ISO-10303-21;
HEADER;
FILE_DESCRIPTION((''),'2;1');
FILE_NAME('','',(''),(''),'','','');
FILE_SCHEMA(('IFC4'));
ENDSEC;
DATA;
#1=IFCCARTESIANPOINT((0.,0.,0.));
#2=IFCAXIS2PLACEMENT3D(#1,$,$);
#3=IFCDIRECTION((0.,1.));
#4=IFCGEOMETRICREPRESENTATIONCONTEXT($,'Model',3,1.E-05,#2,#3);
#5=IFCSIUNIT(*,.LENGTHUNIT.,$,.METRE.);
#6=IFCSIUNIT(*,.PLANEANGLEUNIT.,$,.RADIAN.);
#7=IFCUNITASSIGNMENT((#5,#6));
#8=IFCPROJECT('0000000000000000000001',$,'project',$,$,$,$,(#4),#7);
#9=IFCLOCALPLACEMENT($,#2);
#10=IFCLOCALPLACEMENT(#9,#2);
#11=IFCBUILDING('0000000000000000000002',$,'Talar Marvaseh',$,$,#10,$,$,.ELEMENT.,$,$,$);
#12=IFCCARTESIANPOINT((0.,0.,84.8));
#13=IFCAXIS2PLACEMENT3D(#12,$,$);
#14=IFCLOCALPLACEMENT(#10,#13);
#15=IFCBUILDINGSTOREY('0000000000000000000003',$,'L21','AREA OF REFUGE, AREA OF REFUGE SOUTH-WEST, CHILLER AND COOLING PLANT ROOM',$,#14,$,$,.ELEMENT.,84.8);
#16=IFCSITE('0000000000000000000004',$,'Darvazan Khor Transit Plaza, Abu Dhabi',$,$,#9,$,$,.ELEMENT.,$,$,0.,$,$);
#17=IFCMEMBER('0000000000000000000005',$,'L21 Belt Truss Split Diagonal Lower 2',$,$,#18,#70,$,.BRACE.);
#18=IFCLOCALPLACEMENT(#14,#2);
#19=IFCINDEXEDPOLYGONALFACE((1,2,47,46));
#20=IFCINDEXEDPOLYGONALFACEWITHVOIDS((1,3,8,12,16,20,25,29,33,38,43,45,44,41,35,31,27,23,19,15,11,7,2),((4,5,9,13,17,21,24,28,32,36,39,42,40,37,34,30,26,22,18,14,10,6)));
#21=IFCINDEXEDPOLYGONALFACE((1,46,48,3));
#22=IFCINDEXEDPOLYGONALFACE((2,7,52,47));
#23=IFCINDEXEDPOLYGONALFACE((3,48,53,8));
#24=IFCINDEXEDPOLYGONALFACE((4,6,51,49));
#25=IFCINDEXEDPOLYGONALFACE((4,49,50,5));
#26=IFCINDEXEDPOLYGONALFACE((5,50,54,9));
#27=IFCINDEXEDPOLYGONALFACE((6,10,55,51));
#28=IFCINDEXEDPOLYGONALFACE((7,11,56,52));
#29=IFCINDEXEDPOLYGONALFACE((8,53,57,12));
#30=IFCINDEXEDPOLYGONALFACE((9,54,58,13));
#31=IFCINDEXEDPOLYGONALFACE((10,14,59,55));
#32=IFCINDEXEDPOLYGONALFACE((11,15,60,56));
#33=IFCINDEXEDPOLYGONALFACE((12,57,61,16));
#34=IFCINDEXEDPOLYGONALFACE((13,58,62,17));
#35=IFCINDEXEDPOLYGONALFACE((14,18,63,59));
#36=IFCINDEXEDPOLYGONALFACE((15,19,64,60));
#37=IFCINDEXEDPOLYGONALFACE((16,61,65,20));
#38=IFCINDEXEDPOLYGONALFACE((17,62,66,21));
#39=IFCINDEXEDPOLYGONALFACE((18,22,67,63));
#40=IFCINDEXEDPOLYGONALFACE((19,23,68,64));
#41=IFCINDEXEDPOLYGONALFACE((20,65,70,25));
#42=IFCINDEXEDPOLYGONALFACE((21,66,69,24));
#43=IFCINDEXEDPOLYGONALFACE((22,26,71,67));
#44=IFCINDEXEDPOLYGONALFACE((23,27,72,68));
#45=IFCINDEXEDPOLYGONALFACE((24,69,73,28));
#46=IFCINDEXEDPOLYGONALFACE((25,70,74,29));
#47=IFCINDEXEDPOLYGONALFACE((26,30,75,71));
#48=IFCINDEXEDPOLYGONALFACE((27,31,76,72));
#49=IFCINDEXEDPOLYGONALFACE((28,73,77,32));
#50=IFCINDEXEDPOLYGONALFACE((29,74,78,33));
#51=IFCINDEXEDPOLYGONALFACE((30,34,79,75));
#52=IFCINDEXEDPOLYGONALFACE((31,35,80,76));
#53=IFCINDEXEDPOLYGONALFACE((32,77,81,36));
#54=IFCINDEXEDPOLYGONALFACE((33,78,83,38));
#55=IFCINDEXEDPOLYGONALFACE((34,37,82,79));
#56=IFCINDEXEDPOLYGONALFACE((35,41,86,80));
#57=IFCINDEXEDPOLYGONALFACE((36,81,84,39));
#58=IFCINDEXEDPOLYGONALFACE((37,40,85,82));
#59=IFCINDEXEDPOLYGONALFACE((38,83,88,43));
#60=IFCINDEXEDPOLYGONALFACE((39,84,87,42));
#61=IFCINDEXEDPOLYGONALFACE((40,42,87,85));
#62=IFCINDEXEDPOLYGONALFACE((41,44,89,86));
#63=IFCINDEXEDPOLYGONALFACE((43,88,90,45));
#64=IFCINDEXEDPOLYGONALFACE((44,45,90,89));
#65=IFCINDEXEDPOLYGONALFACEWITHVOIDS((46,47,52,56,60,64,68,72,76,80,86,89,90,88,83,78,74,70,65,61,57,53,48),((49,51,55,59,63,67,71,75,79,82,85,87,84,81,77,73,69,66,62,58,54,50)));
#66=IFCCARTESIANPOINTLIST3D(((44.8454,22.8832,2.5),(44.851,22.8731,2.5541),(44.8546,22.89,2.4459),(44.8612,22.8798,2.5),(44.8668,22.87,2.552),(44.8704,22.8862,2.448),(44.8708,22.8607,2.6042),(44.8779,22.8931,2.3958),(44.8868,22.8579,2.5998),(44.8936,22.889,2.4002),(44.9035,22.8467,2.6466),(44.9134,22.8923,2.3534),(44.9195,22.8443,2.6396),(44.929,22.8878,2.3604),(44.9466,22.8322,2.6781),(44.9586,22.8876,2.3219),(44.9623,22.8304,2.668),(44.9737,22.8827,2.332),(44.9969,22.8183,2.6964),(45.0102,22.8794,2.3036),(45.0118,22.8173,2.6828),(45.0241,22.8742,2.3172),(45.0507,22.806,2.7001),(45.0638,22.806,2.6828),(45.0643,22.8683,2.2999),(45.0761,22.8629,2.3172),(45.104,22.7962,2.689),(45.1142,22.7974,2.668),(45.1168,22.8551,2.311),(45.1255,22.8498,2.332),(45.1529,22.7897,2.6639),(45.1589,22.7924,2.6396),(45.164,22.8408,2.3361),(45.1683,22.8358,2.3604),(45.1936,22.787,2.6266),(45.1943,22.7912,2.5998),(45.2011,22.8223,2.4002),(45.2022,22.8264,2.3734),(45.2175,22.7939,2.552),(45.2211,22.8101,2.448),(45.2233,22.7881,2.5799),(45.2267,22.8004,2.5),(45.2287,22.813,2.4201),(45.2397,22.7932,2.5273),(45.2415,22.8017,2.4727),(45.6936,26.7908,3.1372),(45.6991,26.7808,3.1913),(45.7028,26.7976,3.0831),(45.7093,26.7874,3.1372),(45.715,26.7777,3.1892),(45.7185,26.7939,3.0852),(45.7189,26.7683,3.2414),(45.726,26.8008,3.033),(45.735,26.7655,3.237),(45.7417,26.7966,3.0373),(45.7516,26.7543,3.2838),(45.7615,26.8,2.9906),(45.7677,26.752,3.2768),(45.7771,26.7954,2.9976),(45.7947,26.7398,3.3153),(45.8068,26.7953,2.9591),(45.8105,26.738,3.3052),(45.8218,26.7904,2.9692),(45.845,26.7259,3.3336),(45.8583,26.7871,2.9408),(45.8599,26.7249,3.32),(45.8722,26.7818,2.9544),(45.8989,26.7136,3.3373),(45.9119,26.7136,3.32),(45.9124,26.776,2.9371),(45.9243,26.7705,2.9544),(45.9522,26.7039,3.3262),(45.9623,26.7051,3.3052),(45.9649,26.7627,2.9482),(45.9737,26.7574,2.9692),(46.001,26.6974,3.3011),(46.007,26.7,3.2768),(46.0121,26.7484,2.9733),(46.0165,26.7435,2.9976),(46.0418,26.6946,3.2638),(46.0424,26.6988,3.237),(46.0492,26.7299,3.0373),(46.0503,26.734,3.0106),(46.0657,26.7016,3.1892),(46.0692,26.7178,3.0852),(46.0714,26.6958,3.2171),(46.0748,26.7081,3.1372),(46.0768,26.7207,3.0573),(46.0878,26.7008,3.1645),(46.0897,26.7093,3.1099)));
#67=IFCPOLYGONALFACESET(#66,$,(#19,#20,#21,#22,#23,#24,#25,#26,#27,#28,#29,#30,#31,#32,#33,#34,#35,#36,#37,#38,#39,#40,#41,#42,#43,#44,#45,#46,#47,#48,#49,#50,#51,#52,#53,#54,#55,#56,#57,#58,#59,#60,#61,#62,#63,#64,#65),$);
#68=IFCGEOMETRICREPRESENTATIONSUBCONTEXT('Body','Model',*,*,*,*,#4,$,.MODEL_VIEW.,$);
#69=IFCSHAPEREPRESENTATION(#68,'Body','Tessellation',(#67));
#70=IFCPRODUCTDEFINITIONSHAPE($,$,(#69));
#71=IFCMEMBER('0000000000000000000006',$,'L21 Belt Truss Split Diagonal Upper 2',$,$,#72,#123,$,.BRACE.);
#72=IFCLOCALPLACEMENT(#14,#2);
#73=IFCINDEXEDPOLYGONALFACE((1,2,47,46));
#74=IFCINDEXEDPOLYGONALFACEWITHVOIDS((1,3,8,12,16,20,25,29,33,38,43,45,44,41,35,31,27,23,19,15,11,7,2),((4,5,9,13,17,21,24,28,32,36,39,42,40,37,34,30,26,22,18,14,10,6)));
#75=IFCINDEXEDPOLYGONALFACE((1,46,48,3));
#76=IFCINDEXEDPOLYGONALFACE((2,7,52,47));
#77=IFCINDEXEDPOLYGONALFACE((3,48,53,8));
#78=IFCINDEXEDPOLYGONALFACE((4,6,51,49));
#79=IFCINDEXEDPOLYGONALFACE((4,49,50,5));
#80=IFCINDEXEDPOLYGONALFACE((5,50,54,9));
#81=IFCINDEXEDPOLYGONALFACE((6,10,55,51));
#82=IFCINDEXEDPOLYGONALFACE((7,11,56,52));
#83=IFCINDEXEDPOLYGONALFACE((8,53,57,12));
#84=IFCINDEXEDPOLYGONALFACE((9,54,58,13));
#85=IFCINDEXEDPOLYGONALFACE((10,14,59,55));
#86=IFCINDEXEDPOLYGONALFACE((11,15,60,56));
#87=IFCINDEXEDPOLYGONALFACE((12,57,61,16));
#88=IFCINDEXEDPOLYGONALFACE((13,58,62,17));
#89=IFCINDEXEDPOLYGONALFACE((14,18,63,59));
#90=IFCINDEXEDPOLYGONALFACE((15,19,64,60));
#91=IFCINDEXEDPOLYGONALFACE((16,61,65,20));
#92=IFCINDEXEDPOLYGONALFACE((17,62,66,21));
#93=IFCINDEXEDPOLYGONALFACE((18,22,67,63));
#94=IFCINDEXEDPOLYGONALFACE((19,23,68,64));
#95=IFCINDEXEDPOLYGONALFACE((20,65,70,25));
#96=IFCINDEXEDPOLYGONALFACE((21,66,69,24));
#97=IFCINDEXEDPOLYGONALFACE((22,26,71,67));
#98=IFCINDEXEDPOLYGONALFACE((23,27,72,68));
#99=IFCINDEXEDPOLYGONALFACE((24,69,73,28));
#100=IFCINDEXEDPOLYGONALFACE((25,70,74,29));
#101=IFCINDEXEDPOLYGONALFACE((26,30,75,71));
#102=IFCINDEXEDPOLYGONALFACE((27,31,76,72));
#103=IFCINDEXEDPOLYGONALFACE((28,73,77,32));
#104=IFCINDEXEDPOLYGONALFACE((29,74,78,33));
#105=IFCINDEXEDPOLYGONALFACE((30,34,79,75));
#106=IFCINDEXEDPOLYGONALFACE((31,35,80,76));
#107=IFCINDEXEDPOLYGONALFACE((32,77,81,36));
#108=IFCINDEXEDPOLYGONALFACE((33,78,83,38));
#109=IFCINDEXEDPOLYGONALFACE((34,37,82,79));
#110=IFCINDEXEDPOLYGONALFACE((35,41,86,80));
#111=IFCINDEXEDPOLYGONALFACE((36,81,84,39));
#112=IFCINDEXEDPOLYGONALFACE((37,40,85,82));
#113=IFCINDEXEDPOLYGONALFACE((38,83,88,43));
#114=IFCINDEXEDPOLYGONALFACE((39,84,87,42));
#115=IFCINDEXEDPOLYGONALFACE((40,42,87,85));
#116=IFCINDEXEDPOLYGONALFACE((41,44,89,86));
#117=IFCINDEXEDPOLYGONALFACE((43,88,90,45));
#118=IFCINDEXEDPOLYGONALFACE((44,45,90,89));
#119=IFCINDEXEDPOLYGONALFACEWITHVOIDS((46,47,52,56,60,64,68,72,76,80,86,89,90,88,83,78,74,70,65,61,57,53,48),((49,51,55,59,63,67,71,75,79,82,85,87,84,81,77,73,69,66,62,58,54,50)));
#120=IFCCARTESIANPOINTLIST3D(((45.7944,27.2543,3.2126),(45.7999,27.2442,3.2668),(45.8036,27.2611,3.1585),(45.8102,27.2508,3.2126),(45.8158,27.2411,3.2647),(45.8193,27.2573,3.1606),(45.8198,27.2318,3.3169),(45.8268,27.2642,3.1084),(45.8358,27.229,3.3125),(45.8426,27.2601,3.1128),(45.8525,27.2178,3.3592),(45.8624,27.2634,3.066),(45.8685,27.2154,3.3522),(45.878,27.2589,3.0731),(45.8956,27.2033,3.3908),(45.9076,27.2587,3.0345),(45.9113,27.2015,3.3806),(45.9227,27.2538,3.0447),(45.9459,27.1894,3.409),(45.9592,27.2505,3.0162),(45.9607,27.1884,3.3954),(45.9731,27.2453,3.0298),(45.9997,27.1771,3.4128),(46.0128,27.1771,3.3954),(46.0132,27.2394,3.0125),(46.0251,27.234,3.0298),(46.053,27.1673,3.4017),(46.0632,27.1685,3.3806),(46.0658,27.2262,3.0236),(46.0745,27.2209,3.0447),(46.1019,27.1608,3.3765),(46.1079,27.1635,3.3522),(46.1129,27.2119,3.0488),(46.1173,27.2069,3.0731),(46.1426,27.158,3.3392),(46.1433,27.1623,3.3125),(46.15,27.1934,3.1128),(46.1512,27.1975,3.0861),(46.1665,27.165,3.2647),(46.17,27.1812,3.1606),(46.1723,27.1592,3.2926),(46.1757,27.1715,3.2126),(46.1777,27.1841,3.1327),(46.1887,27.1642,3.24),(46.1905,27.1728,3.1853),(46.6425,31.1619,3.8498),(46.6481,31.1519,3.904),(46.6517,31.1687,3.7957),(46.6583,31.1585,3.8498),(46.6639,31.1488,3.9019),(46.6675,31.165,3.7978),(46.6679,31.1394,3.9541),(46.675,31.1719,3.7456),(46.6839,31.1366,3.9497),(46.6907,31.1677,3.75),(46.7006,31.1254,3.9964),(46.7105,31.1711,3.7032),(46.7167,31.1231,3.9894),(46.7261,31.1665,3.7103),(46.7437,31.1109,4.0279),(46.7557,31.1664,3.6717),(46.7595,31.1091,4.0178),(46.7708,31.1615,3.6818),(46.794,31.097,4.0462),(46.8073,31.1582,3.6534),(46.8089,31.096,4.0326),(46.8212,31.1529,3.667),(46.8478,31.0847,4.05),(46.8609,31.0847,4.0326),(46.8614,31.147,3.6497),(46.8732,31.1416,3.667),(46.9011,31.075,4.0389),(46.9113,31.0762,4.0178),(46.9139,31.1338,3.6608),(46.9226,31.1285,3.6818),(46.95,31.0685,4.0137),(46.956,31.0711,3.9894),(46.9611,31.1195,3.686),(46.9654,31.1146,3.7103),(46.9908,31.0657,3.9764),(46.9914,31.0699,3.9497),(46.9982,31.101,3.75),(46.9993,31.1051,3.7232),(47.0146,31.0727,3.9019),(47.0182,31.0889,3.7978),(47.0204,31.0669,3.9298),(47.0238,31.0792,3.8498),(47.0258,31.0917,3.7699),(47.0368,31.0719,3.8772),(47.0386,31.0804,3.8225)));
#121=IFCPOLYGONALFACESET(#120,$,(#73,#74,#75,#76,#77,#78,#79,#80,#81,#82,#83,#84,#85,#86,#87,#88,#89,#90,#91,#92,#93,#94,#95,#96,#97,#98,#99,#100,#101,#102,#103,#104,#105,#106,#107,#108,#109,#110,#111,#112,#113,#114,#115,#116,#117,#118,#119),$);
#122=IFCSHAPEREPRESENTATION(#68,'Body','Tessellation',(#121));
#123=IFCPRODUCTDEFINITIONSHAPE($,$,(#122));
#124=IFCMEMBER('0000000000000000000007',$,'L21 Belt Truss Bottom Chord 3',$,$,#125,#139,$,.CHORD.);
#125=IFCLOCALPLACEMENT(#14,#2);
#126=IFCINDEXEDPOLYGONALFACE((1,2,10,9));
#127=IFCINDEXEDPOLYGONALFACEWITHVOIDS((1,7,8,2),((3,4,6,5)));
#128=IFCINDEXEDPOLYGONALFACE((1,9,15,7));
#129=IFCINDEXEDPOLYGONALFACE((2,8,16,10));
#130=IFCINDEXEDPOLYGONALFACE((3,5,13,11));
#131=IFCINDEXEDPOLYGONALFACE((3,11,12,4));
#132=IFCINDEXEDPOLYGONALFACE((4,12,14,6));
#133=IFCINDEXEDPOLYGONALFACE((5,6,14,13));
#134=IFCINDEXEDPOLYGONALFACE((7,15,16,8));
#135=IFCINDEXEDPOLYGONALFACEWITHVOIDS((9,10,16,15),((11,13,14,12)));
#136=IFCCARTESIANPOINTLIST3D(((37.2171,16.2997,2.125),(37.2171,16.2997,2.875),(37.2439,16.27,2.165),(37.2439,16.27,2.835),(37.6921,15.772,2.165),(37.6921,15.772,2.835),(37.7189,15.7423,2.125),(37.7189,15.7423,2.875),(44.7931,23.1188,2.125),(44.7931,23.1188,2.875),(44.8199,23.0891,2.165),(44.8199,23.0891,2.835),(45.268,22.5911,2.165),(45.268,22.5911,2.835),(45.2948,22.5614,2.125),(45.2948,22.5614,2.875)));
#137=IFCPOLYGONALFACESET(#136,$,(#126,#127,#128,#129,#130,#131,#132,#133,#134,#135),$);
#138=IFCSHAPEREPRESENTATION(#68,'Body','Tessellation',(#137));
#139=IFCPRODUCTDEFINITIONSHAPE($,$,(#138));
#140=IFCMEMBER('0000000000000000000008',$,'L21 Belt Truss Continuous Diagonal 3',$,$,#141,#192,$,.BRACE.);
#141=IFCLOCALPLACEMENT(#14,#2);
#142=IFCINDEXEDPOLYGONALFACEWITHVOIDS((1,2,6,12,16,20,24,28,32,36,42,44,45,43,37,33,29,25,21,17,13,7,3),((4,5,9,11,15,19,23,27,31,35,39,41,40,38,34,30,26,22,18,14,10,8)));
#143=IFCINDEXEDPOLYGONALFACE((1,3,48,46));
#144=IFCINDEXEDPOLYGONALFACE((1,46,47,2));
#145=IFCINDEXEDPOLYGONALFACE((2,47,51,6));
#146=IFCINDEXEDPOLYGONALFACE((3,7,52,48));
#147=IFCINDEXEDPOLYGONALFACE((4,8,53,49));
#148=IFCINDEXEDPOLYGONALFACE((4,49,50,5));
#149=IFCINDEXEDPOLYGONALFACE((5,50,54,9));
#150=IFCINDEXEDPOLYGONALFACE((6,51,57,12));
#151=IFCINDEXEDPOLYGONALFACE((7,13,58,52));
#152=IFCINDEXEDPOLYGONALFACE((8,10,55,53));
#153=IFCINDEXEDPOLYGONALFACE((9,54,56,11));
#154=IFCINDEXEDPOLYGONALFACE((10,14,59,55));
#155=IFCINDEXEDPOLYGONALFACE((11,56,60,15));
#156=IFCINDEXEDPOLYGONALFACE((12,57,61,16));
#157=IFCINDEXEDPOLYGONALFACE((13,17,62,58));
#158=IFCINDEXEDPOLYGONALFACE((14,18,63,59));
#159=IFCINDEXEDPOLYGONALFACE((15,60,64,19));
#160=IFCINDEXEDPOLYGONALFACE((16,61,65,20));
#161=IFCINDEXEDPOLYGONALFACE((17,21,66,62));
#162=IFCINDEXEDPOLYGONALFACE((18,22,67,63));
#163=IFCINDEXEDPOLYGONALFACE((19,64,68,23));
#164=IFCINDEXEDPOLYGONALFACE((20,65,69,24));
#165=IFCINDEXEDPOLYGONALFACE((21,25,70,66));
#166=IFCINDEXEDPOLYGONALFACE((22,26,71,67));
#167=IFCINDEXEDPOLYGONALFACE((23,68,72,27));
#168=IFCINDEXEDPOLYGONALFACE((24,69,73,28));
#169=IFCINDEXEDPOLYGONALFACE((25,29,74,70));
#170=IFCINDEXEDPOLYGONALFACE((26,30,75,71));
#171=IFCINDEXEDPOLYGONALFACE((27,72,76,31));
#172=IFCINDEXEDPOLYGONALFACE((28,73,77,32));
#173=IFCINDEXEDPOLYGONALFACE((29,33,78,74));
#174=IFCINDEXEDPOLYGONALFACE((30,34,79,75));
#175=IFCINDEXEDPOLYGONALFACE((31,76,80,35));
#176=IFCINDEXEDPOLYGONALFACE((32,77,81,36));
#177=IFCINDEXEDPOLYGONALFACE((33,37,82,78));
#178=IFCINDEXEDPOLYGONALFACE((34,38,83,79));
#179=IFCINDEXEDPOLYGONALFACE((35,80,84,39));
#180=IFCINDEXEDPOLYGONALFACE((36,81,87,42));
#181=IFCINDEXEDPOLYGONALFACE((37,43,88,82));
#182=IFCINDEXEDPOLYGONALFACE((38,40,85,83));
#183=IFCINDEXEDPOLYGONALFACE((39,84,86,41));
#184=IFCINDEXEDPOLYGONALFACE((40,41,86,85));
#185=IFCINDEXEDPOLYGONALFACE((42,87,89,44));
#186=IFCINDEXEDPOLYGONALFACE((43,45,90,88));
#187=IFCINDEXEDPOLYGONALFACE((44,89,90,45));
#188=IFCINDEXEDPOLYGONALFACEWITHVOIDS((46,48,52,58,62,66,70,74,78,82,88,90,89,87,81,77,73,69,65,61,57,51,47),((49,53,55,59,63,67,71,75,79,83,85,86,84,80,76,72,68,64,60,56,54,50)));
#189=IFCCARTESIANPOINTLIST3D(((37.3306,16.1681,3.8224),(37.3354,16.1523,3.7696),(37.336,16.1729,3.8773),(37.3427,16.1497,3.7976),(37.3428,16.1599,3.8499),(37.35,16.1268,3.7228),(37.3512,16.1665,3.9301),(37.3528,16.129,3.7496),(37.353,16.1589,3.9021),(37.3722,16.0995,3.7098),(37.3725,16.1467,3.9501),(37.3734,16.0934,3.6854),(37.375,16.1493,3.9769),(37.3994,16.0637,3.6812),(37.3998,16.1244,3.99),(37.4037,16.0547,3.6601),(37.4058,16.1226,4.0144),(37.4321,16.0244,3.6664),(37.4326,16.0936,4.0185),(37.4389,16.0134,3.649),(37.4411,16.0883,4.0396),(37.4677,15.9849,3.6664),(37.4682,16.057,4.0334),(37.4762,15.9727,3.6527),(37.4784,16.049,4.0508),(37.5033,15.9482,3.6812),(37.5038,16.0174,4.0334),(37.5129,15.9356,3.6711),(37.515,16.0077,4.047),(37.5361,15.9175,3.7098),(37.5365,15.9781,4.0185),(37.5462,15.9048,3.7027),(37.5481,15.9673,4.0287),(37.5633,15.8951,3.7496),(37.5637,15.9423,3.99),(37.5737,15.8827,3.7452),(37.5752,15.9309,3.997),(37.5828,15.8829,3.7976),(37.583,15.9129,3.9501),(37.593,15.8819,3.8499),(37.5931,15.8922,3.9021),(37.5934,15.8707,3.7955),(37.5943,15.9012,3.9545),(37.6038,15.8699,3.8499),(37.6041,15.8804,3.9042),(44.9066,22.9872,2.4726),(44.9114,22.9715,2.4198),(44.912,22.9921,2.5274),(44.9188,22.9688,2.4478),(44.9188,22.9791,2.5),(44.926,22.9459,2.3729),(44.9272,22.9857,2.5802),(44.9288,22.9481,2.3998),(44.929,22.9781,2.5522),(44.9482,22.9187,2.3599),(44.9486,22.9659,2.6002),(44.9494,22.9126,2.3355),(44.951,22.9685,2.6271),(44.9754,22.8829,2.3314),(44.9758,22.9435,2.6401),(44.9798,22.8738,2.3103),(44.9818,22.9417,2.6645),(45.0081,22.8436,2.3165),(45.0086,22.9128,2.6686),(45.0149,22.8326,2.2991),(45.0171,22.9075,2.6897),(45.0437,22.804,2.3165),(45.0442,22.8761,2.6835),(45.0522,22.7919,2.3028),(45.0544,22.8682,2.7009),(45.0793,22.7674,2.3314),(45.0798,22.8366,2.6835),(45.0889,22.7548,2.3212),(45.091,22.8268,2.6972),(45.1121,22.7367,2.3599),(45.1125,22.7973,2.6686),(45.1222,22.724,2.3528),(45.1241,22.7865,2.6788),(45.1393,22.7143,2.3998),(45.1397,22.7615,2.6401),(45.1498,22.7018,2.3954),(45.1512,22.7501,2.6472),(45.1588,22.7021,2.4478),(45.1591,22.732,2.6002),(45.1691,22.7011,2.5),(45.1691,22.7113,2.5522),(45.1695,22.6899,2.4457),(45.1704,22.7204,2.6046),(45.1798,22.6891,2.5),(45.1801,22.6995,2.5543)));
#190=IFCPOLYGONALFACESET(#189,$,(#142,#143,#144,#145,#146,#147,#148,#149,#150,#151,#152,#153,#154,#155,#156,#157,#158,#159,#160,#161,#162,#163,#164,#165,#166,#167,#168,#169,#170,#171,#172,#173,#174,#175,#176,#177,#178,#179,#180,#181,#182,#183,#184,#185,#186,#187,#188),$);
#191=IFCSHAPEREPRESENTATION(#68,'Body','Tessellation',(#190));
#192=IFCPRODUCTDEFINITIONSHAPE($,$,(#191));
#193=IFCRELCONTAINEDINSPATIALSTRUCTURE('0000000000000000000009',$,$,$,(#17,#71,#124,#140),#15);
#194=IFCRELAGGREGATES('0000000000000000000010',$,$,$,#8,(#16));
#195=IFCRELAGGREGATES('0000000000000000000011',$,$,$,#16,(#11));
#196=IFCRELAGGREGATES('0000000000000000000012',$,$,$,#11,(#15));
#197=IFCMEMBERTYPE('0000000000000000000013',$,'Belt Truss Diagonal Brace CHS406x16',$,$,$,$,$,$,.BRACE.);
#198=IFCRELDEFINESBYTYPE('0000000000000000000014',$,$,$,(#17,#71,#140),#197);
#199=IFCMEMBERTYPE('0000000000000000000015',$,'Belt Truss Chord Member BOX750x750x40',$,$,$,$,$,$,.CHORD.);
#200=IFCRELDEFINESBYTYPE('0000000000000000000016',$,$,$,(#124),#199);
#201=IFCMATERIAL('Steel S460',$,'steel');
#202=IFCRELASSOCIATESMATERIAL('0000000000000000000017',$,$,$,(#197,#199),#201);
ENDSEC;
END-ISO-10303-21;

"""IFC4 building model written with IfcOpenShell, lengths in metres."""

from ifc_helpers import new_model, si_unit, direction, frame, origin, origin_2d, place, context, subcontext, project, spatial, hollow_rectangle, hollow_circle, extrude, source, transform, mapped, material, material_profile, profile_set, type_object, type_shapes, element, save


model = new_model("IFC4")

# Units and contexts
model_context = context("Model", 3, precision=1e-05, world=origin(), true_north=direction((0.0, 1.0)))
body_context = subcontext(model_context, "Body", "Model", "MODEL_VIEW")
ifc_project = project(units=[si_unit("LENGTHUNIT", "METRE"), si_unit("PLANEANGLEUNIT", "RADIAN")], contexts=[model_context])

# Site, building, storey
site_placement = place(None, origin())
site = spatial("IfcSite", under=ifc_project, at=site_placement, Name="Darvazan Khor Transit Plaza, Abu Dhabi", CompositionType="ELEMENT", RefElevation=0.0)
building_placement = place(site_placement, origin())
building = spatial("IfcBuilding", under=site, at=building_placement, Name="Talar Marvaseh", CompositionType="ELEMENT")
storey_placement = place(building_placement, frame((0.0, 0.0, 84.8)))
storey = spatial("IfcBuildingStorey", under=building, at=storey_placement, Name="L21", Description="AREA OF REFUGE, AREA OF REFUGE SOUTH-WEST, CHILLER AND COOLING PLANT ROOM", CompositionType="ELEMENT", Elevation=84.8)

# Shared definitions
ifc_material_1 = material(Name="Steel S460", Category="steel")

# Members
ifc_material_profile_1 = material_profile(ifc_material_1, hollow_circle(Radius=0.2031, WallThickness=0.0161, at=origin_2d()), Name="CHS406x16")
ifc_profile_set_1 = profile_set([ifc_material_profile_1], Name="Steel S460")
member_type_1 = type_object("IfcMemberType", Name="Belt Truss Diagonal Brace CHS406x16", PredefinedType="BRACE", material=ifc_profile_set_1)
shared_shape_1 = source(origin(), body_context, "Body", "SweptSolid", [
    extrude(hollow_circle(Radius=0.2031, WallThickness=0.0161, at=origin_2d()), origin(), (0.0, 0.0, 1.0), 4.0491),
])
for number, where, z_axis, x_axis, name in (
    (1, (45.0439, 22.8401, 2.5), (0.209462, 0.96507, 0.157368), (-0.977247, 0.212105, 0.0), "L21 Belt Truss Split Diagonal Lower 2"),
    (2, (45.9929, 27.2112, 3.2126), (0.209462, 0.96507, 0.157368), (-0.977247, 0.212105, 0.0), "L21 Belt Truss Split Diagonal Upper 2"),
):
    element("IfcMember", number, at=place(storey_placement, frame(where, z_axis=z_axis, x_axis=x_axis)), inside=storey, type_object=member_type_1, Name=name, PredefinedType="BRACE", context=body_context, shape_type="MappedRepresentation", body=[
        mapped(shared_shape_1, transform((0.0, 0.0, 0.0), x_axis=(1.0, 0.0, 0.0), y_axis=(0.0, 1.0, 0.0), z_axis=(0.0, 0.0, 1.0), scale=1.0)),
    ])
ifc_material_profile_2 = material_profile(ifc_material_1, hollow_rectangle(XDim=0.75, YDim=0.75, WallThickness=0.04, at=origin_2d()), Name="BOX750x750x40")
ifc_profile_set_2 = profile_set([ifc_material_profile_2], Name="Steel S460")
member_type_2 = type_object("IfcMemberType", Name="Belt Truss Chord Member BOX750x750x40", PredefinedType="CHORD", material=ifc_profile_set_2)
shared_shape_2 = source(origin(), body_context, "Body", "SweptSolid", [
    extrude(hollow_rectangle(XDim=0.75, YDim=0.75, WallThickness=0.04, at=origin_2d()), origin(), (0.0, 0.0, 1.0), 10.1929),
])
type_shapes(member_type_2, [shared_shape_2])
member_1_placement = place(storey_placement, frame((45.0439, 22.8401, 2.5), z_axis=(-0.743257, -0.669006, 0.0), x_axis=(0.669006, -0.743257, 0.0)))
element("IfcMember", 3, at=member_1_placement, inside=storey, type_object=member_type_2, Name="L21 Belt Truss Bottom Chord 3", PredefinedType="CHORD", context=body_context, shape_type="MappedRepresentation", body=[
    mapped(shared_shape_2, transform((0.0, 0.0, 0.0), x_axis=(1.0, 0.0, 0.0), y_axis=(0.0, 1.0, 0.0), z_axis=(0.0, 0.0, 1.0), scale=1.0)),
])
shared_shape_3 = source(origin(), body_context, "Body", "SweptSolid", [
    extrude(hollow_circle(Radius=0.2031, WallThickness=0.0161, at=origin_2d()), origin(), (0.0, 0.0, 1.0), 10.282),
])
type_shapes(member_type_1, [shared_shape_1, shared_shape_3])
member_2_placement = place(storey_placement, frame((45.0439, 22.8401, 2.5), z_axis=(-0.736824, -0.663215, 0.131285), x_axis=(0.669006, -0.743257, 0.0)))
element("IfcMember", 4, at=member_2_placement, inside=storey, type_object=member_type_1, Name="L21 Belt Truss Continuous Diagonal 3", PredefinedType="BRACE", context=body_context, shape_type="MappedRepresentation", body=[
    mapped(shared_shape_3, transform((0.0, 0.0, 0.0), x_axis=(1.0, 0.0, 0.0), y_axis=(0.0, 1.0, 0.0), z_axis=(0.0, 0.0, 1.0), scale=1.0)),
])

save(model, "model.ifc")
